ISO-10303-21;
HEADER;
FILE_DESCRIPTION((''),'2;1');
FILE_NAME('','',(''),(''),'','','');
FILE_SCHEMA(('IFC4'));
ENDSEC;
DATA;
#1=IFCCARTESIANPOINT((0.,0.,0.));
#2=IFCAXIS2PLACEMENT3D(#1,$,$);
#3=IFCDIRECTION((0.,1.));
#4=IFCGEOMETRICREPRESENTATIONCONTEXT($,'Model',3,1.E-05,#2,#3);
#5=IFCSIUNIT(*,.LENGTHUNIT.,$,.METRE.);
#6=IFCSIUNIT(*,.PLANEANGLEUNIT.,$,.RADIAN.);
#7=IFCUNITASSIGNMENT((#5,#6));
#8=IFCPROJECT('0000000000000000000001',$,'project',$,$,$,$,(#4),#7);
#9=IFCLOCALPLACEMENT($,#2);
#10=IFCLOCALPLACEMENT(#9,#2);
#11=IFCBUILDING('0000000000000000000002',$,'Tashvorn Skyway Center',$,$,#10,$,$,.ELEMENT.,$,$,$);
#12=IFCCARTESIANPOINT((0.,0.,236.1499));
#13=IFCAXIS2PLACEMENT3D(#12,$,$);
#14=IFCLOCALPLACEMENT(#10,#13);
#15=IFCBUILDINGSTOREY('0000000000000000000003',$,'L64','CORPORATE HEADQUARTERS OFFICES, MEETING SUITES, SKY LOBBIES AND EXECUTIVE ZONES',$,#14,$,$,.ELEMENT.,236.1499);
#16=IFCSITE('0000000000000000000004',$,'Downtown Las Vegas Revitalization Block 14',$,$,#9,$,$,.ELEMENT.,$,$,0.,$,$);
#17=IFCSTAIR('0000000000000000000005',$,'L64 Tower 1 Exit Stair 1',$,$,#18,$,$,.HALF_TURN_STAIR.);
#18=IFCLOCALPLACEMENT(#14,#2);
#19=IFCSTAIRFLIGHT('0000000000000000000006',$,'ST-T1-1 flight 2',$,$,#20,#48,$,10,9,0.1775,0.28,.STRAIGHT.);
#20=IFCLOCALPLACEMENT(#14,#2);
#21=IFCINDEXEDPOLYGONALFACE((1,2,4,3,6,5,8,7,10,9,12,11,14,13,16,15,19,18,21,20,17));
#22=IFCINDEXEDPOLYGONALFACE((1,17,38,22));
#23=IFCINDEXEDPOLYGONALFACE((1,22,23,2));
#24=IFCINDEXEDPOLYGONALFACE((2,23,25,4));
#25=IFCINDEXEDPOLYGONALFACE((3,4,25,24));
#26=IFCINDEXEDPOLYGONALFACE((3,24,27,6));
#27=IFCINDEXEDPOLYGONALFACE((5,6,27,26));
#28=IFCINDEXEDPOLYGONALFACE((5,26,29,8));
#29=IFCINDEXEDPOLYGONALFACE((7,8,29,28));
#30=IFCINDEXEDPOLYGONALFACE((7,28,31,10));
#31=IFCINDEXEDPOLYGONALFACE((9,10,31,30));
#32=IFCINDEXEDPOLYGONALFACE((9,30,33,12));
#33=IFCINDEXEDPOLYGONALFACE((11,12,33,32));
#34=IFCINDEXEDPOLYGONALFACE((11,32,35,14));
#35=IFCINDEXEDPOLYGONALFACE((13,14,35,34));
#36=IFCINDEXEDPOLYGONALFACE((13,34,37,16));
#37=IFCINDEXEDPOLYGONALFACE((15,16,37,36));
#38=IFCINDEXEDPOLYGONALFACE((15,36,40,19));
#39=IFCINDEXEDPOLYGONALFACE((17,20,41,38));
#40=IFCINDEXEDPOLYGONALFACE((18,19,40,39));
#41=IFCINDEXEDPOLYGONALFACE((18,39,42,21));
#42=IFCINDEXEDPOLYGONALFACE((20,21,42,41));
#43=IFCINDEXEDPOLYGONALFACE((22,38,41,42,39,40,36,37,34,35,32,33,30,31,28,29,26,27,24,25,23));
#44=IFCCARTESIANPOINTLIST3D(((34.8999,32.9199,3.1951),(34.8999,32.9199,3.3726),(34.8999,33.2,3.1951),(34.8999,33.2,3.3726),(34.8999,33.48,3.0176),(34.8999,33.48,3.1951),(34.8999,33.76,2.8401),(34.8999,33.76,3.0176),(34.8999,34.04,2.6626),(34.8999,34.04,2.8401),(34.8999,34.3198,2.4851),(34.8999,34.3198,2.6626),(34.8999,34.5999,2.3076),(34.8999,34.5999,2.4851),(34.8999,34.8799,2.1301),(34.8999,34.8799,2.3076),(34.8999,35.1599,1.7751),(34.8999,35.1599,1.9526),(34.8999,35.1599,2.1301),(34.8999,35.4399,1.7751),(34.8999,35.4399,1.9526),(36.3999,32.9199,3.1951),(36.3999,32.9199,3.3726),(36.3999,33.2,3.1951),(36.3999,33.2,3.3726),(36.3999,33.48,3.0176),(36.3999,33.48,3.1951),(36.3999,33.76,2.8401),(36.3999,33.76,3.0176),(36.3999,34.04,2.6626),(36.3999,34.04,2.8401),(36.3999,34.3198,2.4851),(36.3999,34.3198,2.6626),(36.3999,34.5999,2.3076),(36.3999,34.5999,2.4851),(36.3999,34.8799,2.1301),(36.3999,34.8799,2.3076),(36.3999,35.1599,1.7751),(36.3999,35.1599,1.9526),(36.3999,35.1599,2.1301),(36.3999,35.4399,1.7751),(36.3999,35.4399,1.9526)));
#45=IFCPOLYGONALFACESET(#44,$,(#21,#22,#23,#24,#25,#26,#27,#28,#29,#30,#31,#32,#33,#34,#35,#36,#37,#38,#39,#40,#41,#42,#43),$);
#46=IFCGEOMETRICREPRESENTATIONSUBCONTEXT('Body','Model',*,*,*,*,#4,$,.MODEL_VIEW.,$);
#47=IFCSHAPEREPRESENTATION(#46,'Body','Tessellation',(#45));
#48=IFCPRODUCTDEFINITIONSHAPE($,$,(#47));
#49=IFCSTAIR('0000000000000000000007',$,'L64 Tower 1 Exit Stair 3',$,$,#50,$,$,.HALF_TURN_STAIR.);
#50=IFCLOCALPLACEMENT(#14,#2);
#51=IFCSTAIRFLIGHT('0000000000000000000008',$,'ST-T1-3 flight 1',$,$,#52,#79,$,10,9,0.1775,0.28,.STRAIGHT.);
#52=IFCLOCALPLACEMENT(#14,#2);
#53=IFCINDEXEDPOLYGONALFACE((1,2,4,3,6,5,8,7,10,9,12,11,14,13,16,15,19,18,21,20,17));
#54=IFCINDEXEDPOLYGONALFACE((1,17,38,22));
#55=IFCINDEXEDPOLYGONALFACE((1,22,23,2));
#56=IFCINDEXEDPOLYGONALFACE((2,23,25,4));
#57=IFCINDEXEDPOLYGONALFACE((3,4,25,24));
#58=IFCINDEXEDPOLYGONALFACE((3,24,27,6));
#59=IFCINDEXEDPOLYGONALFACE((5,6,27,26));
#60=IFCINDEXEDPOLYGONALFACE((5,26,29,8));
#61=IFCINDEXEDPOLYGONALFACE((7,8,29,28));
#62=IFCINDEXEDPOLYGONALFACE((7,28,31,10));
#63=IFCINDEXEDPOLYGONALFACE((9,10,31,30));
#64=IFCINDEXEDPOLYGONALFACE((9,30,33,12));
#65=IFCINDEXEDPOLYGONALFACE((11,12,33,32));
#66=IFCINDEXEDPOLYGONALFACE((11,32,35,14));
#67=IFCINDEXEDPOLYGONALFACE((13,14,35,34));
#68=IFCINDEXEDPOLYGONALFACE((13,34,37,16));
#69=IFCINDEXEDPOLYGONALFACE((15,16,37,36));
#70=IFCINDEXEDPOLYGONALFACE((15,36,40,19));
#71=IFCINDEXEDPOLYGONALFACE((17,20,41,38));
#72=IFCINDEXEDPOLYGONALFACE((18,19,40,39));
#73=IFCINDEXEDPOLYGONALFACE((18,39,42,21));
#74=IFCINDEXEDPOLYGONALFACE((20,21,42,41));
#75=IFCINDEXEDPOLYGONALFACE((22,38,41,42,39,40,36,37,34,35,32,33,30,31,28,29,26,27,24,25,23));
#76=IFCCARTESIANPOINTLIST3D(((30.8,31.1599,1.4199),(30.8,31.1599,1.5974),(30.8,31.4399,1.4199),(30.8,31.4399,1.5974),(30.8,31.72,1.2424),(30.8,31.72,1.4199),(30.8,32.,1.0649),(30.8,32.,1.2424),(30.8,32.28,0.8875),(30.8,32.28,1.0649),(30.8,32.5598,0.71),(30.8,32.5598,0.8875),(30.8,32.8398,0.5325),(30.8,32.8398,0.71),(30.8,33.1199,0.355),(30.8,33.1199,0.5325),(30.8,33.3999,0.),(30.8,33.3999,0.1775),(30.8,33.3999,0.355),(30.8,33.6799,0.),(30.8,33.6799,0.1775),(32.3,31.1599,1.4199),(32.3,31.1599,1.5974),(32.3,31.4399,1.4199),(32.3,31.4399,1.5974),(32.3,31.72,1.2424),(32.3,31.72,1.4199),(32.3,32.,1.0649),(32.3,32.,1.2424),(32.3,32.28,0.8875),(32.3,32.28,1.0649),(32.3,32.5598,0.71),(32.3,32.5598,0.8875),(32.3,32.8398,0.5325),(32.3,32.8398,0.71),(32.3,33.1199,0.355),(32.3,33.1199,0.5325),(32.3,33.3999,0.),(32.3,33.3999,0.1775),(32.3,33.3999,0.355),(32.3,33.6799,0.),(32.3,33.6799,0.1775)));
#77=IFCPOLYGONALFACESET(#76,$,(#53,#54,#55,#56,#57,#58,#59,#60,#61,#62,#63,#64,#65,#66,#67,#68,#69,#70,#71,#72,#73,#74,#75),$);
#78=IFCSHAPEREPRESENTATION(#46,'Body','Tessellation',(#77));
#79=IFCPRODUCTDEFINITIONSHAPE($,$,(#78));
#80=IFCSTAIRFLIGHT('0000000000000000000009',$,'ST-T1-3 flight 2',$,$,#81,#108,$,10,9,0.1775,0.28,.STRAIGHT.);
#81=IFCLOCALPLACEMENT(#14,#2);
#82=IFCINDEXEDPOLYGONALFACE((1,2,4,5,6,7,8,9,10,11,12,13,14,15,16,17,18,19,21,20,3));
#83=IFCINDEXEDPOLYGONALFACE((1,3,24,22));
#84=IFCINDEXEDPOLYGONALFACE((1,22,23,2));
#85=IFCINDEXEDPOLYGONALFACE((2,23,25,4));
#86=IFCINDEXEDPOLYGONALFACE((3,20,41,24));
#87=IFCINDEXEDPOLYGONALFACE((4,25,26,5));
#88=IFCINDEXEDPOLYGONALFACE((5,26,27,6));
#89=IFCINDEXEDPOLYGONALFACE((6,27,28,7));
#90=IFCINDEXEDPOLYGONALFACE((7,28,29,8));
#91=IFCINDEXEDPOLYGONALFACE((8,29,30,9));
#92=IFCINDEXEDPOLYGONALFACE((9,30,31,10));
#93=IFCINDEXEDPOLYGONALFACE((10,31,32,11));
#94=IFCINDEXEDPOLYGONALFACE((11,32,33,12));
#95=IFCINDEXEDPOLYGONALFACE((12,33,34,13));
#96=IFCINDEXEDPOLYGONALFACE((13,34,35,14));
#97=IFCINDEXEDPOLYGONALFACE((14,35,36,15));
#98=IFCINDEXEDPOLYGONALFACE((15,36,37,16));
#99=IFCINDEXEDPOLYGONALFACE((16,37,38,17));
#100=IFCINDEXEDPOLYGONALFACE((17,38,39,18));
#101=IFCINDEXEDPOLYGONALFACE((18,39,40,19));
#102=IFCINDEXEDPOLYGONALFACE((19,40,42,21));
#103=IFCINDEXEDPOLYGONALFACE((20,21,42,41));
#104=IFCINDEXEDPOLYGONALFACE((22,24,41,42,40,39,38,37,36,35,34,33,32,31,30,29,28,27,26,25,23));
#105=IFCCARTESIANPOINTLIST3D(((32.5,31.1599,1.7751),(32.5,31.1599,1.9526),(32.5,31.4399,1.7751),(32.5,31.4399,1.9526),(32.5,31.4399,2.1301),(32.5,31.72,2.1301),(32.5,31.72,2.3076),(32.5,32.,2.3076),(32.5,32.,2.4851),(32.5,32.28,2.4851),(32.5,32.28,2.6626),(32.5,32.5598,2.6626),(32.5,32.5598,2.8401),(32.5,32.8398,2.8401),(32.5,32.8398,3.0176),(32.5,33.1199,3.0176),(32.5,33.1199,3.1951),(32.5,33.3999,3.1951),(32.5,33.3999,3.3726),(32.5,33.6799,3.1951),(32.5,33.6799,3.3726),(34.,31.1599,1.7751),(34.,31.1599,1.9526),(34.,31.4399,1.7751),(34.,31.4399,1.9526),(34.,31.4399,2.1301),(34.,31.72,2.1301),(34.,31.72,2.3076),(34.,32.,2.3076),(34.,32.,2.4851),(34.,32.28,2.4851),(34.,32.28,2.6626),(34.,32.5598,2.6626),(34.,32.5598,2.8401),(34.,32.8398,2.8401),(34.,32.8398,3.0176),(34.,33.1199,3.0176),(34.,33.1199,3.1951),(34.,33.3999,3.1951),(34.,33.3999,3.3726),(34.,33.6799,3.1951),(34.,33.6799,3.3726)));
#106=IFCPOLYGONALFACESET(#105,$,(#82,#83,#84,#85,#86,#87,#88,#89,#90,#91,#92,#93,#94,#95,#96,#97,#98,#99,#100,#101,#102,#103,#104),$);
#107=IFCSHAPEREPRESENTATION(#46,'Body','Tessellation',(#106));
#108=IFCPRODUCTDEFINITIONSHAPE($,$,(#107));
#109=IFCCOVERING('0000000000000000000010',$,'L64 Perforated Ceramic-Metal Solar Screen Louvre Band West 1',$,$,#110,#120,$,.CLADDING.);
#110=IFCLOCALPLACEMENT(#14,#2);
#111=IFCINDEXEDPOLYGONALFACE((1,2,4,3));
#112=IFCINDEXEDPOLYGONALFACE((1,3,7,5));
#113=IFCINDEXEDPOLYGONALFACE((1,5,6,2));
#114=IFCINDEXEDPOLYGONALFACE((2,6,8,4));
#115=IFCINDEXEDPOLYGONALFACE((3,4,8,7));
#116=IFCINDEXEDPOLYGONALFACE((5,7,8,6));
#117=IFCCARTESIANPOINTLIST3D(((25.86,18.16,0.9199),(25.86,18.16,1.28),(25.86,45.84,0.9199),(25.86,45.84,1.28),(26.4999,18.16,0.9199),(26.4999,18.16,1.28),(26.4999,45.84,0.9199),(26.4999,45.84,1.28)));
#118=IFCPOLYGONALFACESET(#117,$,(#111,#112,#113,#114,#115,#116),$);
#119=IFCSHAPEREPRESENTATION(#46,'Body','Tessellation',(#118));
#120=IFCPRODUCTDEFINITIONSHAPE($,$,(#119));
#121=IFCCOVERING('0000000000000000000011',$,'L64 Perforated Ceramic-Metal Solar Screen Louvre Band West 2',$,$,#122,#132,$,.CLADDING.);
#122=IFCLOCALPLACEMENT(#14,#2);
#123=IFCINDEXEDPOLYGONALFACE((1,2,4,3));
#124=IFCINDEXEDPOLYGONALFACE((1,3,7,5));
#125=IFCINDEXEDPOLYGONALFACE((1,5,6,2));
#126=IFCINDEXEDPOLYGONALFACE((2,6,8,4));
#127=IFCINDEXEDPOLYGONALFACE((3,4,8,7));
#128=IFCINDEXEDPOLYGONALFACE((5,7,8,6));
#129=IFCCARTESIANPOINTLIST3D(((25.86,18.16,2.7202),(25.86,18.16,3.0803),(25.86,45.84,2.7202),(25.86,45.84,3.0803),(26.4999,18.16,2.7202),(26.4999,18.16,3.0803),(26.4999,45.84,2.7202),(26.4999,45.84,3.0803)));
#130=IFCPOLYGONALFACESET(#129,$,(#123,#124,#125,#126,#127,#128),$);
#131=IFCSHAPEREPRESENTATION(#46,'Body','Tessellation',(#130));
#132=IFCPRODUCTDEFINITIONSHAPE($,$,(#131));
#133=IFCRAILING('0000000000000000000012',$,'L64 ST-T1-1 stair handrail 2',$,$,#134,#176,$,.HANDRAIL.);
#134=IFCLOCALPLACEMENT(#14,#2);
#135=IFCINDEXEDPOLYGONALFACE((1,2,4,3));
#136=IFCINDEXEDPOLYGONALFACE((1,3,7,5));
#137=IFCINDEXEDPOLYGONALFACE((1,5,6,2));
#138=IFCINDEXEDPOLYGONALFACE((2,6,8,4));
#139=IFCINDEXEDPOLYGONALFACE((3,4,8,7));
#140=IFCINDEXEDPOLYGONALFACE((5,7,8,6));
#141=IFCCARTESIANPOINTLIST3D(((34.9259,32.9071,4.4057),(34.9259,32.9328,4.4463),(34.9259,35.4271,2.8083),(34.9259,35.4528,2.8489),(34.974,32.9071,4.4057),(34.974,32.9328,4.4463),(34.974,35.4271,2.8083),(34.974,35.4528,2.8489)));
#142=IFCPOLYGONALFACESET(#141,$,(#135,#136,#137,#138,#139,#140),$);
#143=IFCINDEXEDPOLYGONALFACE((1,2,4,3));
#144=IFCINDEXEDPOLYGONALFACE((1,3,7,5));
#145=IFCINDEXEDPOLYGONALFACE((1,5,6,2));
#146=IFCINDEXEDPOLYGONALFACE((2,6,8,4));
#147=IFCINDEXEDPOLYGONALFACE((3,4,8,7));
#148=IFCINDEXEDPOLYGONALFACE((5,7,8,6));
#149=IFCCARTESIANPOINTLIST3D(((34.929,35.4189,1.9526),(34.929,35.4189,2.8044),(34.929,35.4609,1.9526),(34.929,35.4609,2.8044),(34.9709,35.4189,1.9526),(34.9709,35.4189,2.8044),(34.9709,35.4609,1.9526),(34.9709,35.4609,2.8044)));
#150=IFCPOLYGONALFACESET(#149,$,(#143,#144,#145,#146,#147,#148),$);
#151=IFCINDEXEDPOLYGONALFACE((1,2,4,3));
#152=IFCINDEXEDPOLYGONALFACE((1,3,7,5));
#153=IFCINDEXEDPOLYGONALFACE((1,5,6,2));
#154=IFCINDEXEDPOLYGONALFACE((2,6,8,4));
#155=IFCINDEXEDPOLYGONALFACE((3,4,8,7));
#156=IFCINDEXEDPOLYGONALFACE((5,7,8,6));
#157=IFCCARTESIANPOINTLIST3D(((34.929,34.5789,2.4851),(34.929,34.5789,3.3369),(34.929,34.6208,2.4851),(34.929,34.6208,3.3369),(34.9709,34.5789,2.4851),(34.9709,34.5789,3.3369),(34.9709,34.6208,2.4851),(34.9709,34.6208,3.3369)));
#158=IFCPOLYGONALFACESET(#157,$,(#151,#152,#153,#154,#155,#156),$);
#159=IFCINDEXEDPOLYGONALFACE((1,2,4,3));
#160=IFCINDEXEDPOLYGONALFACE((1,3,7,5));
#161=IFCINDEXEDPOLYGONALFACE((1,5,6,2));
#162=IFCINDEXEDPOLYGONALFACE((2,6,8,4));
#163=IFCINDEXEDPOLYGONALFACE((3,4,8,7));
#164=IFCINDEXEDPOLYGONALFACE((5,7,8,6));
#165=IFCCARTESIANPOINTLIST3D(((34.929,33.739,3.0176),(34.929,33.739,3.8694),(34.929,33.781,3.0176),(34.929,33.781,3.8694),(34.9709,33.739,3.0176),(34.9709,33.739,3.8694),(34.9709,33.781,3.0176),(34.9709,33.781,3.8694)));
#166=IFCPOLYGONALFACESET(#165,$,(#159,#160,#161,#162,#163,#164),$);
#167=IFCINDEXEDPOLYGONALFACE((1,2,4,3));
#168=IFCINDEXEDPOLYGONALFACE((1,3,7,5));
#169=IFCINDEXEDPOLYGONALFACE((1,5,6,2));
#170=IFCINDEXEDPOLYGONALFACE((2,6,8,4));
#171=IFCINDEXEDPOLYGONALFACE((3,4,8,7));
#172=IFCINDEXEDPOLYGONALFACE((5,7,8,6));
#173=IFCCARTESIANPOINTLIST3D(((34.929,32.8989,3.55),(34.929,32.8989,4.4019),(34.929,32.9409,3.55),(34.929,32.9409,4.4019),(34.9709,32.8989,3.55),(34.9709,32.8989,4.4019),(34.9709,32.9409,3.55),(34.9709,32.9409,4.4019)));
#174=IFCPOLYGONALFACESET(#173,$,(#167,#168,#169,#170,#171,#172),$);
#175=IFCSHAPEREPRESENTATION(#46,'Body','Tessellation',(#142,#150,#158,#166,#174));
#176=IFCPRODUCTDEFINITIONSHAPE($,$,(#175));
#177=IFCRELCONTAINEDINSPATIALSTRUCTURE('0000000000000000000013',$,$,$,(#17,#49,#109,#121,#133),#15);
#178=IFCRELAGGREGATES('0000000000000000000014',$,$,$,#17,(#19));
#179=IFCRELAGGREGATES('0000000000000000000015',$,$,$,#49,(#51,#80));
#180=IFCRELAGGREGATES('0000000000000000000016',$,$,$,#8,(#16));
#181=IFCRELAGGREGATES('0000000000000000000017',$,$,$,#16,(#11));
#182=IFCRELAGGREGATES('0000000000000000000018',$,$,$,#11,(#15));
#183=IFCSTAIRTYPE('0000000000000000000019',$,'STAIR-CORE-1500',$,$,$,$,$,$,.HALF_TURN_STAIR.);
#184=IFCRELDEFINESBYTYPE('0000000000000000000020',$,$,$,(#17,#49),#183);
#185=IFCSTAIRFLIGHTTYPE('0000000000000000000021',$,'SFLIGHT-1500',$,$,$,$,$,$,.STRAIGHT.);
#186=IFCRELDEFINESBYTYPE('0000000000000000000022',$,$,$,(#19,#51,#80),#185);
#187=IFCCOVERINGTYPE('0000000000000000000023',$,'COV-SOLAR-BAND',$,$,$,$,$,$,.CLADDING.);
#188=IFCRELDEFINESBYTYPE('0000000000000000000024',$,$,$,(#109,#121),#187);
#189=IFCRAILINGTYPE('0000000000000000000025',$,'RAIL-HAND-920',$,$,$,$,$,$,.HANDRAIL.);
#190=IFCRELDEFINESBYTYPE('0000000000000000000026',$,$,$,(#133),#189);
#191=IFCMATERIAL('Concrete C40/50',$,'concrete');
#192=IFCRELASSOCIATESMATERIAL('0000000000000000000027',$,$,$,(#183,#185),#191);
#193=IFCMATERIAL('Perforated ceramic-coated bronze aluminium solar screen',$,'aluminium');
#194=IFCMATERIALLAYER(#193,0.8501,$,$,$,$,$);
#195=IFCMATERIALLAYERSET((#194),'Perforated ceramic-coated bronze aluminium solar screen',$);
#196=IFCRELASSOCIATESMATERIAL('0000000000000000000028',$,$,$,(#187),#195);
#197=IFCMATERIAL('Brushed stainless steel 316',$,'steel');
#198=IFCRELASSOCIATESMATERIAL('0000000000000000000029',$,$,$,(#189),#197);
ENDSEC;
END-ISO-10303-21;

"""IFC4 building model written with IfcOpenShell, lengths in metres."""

from ifc_helpers import new_model, si_unit, direction, frame, origin, origin_2d, place, context, subcontext, project, spatial, polyline, rectangle, outline, extrude, material, layer, layer_set, type_object, element, aggregate, save


model = new_model("IFC4")

# Units and contexts
model_context = context("Model", 3, precision=1e-05, world=origin(), true_north=direction((0.0, 1.0)))
body_context = subcontext(model_context, "Body", "Model", "MODEL_VIEW")
ifc_project = project(units=[si_unit("LENGTHUNIT", "METRE"), si_unit("PLANEANGLEUNIT", "RADIAN")], contexts=[model_context])

# Site, building, storey
site_placement = place(None, origin())
site = spatial("IfcSite", under=ifc_project, at=site_placement, Name="Downtown Las Vegas Revitalization Block 14", CompositionType="ELEMENT", RefElevation=0.0)
building_placement = place(site_placement, origin())
building = spatial("IfcBuilding", under=site, at=building_placement, Name="Tashvorn Skyway Center", CompositionType="ELEMENT")
storey_placement = place(building_placement, frame((0.0, 0.0, 236.1499)))
storey = spatial("IfcBuildingStorey", under=building, at=storey_placement, Name="L64", Description="CORPORATE HEADQUARTERS OFFICES, MEETING SUITES, SKY LOBBIES AND EXECUTIVE ZONES", CompositionType="ELEMENT", Elevation=236.1499)

# Shared definitions
ifc_material_1 = material(Name="Concrete C40/50", Category="concrete")

# Stair, stair flight
stair_type = type_object("IfcStairType", Name="STAIR-CORE-1500", PredefinedType="HALF_TURN_STAIR", material=ifc_material_1)
stair_1_placement = place(storey_placement, origin())
stair_1 = element("IfcStair", 1, at=stair_1_placement, inside=storey, type_object=stair_type, Name="L64 Tower 1 Exit Stair 1", PredefinedType="HALF_TURN_STAIR")
stair_flight_type = type_object("IfcStairFlightType", Name="SFLIGHT-1500", PredefinedType="STRAIGHT", material=ifc_material_1)
stair_flight_1_placement = place(storey_placement, frame((35.6499, 35.4399, 1.7751), z_axis=(0.0, 0.0, 1.0), x_axis=(0.0, -1.0, 0.0)))
stair_flight_1 = element("IfcStairFlight", 2, at=stair_flight_1_placement, type_object=stair_flight_type, Name="ST-T1-1 flight 2", NumberOfRisers=10, NumberOfTreads=9, PredefinedType="STRAIGHT", RiserHeight=0.1775, TreadLength=0.28, context=body_context, shape_type="SweptSolid", body=[
    extrude(outline(polyline([(0.0, 0.0), (0.0, 0.1775), (0.28, 0.1775), (0.28, 0.355), (0.5601, 0.355), (0.5601, 0.5325), (0.8401, 0.5325), (0.8401, 0.71), (1.1201, 0.71), (1.1201, 0.8875), (1.3999, 0.8875), (1.3999, 1.0649), (1.6799, 1.0649), (1.6799, 1.2424), (1.96, 1.2424), (1.96, 1.4199), (2.24, 1.4199), (2.24, 1.5974), (2.52, 1.5974), (2.52, 1.7749), (2.52, 1.4199), (0.28, 0.0), (0.0, 0.0)])), frame((0.0, 0.75, 0.0), z_axis=(0.0, -1.0, 0.0), x_axis=(1.0, 0.0, 0.0)), (0.0, 0.0, 1.0), 1.5),
])
aggregate(stair_1, [stair_flight_1])

# Stair, stair flights
stair_2_placement = place(storey_placement, origin())
stair_2 = element("IfcStair", 3, at=stair_2_placement, inside=storey, type_object=stair_type, Name="L64 Tower 1 Exit Stair 3", PredefinedType="HALF_TURN_STAIR")
stair_flight_2_placement = place(storey_placement, frame((31.55, 33.6799, 0.0), z_axis=(0.0, 0.0, 1.0), x_axis=(0.0, -1.0, 0.0)))
stair_flight_2 = element("IfcStairFlight", 4, at=stair_flight_2_placement, type_object=stair_flight_type, Name="ST-T1-3 flight 1", NumberOfRisers=10, NumberOfTreads=9, PredefinedType="STRAIGHT", RiserHeight=0.1775, TreadLength=0.28, context=body_context, shape_type="SweptSolid", body=[
    extrude(outline(polyline([(0.0, 0.0), (0.0, 0.1775), (0.28, 0.1775), (0.28, 0.355), (0.5601, 0.355), (0.5601, 0.5325), (0.8401, 0.5325), (0.8401, 0.71), (1.1201, 0.71), (1.1201, 0.8875), (1.3999, 0.8875), (1.3999, 1.0649), (1.6799, 1.0649), (1.6799, 1.2424), (1.96, 1.2424), (1.96, 1.4199), (2.24, 1.4199), (2.24, 1.5974), (2.52, 1.5974), (2.52, 1.7749), (2.52, 1.4199), (0.28, 0.0), (0.0, 0.0)])), frame((0.0, 0.75, 0.0), z_axis=(0.0, -1.0, 0.0), x_axis=(1.0, 0.0, 0.0)), (0.0, 0.0, 1.0), 1.5),
])
stair_flight_3_placement = place(storey_placement, frame((33.25, 31.1599, 1.7751), z_axis=(0.0, 0.0, 1.0), x_axis=(0.0, 1.0, 0.0)))
stair_flight_3 = element("IfcStairFlight", 5, at=stair_flight_3_placement, type_object=stair_flight_type, Name="ST-T1-3 flight 2", NumberOfRisers=10, NumberOfTreads=9, PredefinedType="STRAIGHT", RiserHeight=0.1775, TreadLength=0.28, context=body_context, shape_type="SweptSolid", body=[
    extrude(outline(polyline([(0.0, 0.0), (0.0, 0.1775), (0.28, 0.1775), (0.28, 0.355), (0.5601, 0.355), (0.5601, 0.5325), (0.8401, 0.5325), (0.8401, 0.71), (1.1201, 0.71), (1.1201, 0.8875), (1.3999, 0.8875), (1.3999, 1.0649), (1.6799, 1.0649), (1.6799, 1.2424), (1.96, 1.2424), (1.96, 1.4199), (2.24, 1.4199), (2.24, 1.5974), (2.52, 1.5974), (2.52, 1.7749), (2.52, 1.4199), (0.28, 0.0), (0.0, 0.0)])), frame((0.0, 0.75, 0.0), z_axis=(0.0, -1.0, 0.0), x_axis=(1.0, 0.0, 0.0)), (0.0, 0.0, 1.0), 1.5),
])
aggregate(stair_2, [stair_flight_2, stair_flight_3])

# Coverings
ifc_material_2 = material(Name="Perforated ceramic-coated bronze aluminium solar screen", Category="aluminium")
ifc_layer_1 = layer(ifc_material_2, 0.8501)
ifc_layer_set_1 = layer_set([ifc_layer_1], Name="Perforated ceramic-coated bronze aluminium solar screen")
covering_type = type_object("IfcCoveringType", Name="COV-SOLAR-BAND", PredefinedType="CLADDING", material=ifc_layer_set_1)
for number, where, z_axis, x_axis, name in (
    (6, (26.1799, 32.0, 0.9199), (0.0, 0.0, 1.0), (0.0, 1.0, 0.0), "L64 Perforated Ceramic-Metal Solar Screen Louvre Band West 1"),
    (7, (26.1799, 32.0, 2.7202), (0.0, 0.0, 1.0), (0.0, 1.0, 0.0), "L64 Perforated Ceramic-Metal Solar Screen Louvre Band West 2"),
):
    element("IfcCovering", number, at=place(storey_placement, frame(where, z_axis=z_axis, x_axis=x_axis)), inside=storey, type_object=covering_type, Name=name, PredefinedType="CLADDING", context=body_context, shape_type="SweptSolid", body=[
        extrude(rectangle(XDim=27.6799, YDim=0.6399, at=origin_2d()), origin(), (0.0, 0.0, 1.0), 0.3601),
    ])

# Railing
ifc_material_3 = material(Name="Brushed stainless steel 316", Category="steel")
railing_type_1 = type_object("IfcRailingType", Name="RAIL-HAND-920", PredefinedType="HANDRAIL", material=ifc_material_3)
railing_1_placement = place(storey_placement, frame((34.95, 35.4399, 1.9526)))
element("IfcRailing", 8, at=railing_1_placement, inside=storey, type_object=railing_type_1, Name="L64 ST-T1-1 stair handrail 2", PredefinedType="HANDRAIL", context=body_context, shape_type="SweptSolid", body=[
    extrude(rectangle(XDim=0.0481, YDim=0.0481, at=origin_2d()), frame((0.0, 0.0, 0.876), z_axis=(0.0, -0.844607, 0.535387), x_axis=(1.0, 0.0, 0.0)), (0.0, 0.0, 1.0), 2.9836),
    extrude(rectangle(XDim=0.042, YDim=0.042, at=origin_2d()), origin(), (0.0, 0.0, 1.0), 0.8518),
    extrude(rectangle(XDim=0.042, YDim=0.042, at=origin_2d()), frame((0.0, -0.8401, 0.5325)), (0.0, 0.0, 1.0), 0.8518),
    extrude(rectangle(XDim=0.042, YDim=0.042, at=origin_2d()), frame((0.0, -1.6799, 1.0649)), (0.0, 0.0, 1.0), 0.8518),
    extrude(rectangle(XDim=0.042, YDim=0.042, at=origin_2d()), frame((0.0, -2.52, 1.5974)), (0.0, 0.0, 1.0), 0.8518),
])

save(model, "model.ifc")
